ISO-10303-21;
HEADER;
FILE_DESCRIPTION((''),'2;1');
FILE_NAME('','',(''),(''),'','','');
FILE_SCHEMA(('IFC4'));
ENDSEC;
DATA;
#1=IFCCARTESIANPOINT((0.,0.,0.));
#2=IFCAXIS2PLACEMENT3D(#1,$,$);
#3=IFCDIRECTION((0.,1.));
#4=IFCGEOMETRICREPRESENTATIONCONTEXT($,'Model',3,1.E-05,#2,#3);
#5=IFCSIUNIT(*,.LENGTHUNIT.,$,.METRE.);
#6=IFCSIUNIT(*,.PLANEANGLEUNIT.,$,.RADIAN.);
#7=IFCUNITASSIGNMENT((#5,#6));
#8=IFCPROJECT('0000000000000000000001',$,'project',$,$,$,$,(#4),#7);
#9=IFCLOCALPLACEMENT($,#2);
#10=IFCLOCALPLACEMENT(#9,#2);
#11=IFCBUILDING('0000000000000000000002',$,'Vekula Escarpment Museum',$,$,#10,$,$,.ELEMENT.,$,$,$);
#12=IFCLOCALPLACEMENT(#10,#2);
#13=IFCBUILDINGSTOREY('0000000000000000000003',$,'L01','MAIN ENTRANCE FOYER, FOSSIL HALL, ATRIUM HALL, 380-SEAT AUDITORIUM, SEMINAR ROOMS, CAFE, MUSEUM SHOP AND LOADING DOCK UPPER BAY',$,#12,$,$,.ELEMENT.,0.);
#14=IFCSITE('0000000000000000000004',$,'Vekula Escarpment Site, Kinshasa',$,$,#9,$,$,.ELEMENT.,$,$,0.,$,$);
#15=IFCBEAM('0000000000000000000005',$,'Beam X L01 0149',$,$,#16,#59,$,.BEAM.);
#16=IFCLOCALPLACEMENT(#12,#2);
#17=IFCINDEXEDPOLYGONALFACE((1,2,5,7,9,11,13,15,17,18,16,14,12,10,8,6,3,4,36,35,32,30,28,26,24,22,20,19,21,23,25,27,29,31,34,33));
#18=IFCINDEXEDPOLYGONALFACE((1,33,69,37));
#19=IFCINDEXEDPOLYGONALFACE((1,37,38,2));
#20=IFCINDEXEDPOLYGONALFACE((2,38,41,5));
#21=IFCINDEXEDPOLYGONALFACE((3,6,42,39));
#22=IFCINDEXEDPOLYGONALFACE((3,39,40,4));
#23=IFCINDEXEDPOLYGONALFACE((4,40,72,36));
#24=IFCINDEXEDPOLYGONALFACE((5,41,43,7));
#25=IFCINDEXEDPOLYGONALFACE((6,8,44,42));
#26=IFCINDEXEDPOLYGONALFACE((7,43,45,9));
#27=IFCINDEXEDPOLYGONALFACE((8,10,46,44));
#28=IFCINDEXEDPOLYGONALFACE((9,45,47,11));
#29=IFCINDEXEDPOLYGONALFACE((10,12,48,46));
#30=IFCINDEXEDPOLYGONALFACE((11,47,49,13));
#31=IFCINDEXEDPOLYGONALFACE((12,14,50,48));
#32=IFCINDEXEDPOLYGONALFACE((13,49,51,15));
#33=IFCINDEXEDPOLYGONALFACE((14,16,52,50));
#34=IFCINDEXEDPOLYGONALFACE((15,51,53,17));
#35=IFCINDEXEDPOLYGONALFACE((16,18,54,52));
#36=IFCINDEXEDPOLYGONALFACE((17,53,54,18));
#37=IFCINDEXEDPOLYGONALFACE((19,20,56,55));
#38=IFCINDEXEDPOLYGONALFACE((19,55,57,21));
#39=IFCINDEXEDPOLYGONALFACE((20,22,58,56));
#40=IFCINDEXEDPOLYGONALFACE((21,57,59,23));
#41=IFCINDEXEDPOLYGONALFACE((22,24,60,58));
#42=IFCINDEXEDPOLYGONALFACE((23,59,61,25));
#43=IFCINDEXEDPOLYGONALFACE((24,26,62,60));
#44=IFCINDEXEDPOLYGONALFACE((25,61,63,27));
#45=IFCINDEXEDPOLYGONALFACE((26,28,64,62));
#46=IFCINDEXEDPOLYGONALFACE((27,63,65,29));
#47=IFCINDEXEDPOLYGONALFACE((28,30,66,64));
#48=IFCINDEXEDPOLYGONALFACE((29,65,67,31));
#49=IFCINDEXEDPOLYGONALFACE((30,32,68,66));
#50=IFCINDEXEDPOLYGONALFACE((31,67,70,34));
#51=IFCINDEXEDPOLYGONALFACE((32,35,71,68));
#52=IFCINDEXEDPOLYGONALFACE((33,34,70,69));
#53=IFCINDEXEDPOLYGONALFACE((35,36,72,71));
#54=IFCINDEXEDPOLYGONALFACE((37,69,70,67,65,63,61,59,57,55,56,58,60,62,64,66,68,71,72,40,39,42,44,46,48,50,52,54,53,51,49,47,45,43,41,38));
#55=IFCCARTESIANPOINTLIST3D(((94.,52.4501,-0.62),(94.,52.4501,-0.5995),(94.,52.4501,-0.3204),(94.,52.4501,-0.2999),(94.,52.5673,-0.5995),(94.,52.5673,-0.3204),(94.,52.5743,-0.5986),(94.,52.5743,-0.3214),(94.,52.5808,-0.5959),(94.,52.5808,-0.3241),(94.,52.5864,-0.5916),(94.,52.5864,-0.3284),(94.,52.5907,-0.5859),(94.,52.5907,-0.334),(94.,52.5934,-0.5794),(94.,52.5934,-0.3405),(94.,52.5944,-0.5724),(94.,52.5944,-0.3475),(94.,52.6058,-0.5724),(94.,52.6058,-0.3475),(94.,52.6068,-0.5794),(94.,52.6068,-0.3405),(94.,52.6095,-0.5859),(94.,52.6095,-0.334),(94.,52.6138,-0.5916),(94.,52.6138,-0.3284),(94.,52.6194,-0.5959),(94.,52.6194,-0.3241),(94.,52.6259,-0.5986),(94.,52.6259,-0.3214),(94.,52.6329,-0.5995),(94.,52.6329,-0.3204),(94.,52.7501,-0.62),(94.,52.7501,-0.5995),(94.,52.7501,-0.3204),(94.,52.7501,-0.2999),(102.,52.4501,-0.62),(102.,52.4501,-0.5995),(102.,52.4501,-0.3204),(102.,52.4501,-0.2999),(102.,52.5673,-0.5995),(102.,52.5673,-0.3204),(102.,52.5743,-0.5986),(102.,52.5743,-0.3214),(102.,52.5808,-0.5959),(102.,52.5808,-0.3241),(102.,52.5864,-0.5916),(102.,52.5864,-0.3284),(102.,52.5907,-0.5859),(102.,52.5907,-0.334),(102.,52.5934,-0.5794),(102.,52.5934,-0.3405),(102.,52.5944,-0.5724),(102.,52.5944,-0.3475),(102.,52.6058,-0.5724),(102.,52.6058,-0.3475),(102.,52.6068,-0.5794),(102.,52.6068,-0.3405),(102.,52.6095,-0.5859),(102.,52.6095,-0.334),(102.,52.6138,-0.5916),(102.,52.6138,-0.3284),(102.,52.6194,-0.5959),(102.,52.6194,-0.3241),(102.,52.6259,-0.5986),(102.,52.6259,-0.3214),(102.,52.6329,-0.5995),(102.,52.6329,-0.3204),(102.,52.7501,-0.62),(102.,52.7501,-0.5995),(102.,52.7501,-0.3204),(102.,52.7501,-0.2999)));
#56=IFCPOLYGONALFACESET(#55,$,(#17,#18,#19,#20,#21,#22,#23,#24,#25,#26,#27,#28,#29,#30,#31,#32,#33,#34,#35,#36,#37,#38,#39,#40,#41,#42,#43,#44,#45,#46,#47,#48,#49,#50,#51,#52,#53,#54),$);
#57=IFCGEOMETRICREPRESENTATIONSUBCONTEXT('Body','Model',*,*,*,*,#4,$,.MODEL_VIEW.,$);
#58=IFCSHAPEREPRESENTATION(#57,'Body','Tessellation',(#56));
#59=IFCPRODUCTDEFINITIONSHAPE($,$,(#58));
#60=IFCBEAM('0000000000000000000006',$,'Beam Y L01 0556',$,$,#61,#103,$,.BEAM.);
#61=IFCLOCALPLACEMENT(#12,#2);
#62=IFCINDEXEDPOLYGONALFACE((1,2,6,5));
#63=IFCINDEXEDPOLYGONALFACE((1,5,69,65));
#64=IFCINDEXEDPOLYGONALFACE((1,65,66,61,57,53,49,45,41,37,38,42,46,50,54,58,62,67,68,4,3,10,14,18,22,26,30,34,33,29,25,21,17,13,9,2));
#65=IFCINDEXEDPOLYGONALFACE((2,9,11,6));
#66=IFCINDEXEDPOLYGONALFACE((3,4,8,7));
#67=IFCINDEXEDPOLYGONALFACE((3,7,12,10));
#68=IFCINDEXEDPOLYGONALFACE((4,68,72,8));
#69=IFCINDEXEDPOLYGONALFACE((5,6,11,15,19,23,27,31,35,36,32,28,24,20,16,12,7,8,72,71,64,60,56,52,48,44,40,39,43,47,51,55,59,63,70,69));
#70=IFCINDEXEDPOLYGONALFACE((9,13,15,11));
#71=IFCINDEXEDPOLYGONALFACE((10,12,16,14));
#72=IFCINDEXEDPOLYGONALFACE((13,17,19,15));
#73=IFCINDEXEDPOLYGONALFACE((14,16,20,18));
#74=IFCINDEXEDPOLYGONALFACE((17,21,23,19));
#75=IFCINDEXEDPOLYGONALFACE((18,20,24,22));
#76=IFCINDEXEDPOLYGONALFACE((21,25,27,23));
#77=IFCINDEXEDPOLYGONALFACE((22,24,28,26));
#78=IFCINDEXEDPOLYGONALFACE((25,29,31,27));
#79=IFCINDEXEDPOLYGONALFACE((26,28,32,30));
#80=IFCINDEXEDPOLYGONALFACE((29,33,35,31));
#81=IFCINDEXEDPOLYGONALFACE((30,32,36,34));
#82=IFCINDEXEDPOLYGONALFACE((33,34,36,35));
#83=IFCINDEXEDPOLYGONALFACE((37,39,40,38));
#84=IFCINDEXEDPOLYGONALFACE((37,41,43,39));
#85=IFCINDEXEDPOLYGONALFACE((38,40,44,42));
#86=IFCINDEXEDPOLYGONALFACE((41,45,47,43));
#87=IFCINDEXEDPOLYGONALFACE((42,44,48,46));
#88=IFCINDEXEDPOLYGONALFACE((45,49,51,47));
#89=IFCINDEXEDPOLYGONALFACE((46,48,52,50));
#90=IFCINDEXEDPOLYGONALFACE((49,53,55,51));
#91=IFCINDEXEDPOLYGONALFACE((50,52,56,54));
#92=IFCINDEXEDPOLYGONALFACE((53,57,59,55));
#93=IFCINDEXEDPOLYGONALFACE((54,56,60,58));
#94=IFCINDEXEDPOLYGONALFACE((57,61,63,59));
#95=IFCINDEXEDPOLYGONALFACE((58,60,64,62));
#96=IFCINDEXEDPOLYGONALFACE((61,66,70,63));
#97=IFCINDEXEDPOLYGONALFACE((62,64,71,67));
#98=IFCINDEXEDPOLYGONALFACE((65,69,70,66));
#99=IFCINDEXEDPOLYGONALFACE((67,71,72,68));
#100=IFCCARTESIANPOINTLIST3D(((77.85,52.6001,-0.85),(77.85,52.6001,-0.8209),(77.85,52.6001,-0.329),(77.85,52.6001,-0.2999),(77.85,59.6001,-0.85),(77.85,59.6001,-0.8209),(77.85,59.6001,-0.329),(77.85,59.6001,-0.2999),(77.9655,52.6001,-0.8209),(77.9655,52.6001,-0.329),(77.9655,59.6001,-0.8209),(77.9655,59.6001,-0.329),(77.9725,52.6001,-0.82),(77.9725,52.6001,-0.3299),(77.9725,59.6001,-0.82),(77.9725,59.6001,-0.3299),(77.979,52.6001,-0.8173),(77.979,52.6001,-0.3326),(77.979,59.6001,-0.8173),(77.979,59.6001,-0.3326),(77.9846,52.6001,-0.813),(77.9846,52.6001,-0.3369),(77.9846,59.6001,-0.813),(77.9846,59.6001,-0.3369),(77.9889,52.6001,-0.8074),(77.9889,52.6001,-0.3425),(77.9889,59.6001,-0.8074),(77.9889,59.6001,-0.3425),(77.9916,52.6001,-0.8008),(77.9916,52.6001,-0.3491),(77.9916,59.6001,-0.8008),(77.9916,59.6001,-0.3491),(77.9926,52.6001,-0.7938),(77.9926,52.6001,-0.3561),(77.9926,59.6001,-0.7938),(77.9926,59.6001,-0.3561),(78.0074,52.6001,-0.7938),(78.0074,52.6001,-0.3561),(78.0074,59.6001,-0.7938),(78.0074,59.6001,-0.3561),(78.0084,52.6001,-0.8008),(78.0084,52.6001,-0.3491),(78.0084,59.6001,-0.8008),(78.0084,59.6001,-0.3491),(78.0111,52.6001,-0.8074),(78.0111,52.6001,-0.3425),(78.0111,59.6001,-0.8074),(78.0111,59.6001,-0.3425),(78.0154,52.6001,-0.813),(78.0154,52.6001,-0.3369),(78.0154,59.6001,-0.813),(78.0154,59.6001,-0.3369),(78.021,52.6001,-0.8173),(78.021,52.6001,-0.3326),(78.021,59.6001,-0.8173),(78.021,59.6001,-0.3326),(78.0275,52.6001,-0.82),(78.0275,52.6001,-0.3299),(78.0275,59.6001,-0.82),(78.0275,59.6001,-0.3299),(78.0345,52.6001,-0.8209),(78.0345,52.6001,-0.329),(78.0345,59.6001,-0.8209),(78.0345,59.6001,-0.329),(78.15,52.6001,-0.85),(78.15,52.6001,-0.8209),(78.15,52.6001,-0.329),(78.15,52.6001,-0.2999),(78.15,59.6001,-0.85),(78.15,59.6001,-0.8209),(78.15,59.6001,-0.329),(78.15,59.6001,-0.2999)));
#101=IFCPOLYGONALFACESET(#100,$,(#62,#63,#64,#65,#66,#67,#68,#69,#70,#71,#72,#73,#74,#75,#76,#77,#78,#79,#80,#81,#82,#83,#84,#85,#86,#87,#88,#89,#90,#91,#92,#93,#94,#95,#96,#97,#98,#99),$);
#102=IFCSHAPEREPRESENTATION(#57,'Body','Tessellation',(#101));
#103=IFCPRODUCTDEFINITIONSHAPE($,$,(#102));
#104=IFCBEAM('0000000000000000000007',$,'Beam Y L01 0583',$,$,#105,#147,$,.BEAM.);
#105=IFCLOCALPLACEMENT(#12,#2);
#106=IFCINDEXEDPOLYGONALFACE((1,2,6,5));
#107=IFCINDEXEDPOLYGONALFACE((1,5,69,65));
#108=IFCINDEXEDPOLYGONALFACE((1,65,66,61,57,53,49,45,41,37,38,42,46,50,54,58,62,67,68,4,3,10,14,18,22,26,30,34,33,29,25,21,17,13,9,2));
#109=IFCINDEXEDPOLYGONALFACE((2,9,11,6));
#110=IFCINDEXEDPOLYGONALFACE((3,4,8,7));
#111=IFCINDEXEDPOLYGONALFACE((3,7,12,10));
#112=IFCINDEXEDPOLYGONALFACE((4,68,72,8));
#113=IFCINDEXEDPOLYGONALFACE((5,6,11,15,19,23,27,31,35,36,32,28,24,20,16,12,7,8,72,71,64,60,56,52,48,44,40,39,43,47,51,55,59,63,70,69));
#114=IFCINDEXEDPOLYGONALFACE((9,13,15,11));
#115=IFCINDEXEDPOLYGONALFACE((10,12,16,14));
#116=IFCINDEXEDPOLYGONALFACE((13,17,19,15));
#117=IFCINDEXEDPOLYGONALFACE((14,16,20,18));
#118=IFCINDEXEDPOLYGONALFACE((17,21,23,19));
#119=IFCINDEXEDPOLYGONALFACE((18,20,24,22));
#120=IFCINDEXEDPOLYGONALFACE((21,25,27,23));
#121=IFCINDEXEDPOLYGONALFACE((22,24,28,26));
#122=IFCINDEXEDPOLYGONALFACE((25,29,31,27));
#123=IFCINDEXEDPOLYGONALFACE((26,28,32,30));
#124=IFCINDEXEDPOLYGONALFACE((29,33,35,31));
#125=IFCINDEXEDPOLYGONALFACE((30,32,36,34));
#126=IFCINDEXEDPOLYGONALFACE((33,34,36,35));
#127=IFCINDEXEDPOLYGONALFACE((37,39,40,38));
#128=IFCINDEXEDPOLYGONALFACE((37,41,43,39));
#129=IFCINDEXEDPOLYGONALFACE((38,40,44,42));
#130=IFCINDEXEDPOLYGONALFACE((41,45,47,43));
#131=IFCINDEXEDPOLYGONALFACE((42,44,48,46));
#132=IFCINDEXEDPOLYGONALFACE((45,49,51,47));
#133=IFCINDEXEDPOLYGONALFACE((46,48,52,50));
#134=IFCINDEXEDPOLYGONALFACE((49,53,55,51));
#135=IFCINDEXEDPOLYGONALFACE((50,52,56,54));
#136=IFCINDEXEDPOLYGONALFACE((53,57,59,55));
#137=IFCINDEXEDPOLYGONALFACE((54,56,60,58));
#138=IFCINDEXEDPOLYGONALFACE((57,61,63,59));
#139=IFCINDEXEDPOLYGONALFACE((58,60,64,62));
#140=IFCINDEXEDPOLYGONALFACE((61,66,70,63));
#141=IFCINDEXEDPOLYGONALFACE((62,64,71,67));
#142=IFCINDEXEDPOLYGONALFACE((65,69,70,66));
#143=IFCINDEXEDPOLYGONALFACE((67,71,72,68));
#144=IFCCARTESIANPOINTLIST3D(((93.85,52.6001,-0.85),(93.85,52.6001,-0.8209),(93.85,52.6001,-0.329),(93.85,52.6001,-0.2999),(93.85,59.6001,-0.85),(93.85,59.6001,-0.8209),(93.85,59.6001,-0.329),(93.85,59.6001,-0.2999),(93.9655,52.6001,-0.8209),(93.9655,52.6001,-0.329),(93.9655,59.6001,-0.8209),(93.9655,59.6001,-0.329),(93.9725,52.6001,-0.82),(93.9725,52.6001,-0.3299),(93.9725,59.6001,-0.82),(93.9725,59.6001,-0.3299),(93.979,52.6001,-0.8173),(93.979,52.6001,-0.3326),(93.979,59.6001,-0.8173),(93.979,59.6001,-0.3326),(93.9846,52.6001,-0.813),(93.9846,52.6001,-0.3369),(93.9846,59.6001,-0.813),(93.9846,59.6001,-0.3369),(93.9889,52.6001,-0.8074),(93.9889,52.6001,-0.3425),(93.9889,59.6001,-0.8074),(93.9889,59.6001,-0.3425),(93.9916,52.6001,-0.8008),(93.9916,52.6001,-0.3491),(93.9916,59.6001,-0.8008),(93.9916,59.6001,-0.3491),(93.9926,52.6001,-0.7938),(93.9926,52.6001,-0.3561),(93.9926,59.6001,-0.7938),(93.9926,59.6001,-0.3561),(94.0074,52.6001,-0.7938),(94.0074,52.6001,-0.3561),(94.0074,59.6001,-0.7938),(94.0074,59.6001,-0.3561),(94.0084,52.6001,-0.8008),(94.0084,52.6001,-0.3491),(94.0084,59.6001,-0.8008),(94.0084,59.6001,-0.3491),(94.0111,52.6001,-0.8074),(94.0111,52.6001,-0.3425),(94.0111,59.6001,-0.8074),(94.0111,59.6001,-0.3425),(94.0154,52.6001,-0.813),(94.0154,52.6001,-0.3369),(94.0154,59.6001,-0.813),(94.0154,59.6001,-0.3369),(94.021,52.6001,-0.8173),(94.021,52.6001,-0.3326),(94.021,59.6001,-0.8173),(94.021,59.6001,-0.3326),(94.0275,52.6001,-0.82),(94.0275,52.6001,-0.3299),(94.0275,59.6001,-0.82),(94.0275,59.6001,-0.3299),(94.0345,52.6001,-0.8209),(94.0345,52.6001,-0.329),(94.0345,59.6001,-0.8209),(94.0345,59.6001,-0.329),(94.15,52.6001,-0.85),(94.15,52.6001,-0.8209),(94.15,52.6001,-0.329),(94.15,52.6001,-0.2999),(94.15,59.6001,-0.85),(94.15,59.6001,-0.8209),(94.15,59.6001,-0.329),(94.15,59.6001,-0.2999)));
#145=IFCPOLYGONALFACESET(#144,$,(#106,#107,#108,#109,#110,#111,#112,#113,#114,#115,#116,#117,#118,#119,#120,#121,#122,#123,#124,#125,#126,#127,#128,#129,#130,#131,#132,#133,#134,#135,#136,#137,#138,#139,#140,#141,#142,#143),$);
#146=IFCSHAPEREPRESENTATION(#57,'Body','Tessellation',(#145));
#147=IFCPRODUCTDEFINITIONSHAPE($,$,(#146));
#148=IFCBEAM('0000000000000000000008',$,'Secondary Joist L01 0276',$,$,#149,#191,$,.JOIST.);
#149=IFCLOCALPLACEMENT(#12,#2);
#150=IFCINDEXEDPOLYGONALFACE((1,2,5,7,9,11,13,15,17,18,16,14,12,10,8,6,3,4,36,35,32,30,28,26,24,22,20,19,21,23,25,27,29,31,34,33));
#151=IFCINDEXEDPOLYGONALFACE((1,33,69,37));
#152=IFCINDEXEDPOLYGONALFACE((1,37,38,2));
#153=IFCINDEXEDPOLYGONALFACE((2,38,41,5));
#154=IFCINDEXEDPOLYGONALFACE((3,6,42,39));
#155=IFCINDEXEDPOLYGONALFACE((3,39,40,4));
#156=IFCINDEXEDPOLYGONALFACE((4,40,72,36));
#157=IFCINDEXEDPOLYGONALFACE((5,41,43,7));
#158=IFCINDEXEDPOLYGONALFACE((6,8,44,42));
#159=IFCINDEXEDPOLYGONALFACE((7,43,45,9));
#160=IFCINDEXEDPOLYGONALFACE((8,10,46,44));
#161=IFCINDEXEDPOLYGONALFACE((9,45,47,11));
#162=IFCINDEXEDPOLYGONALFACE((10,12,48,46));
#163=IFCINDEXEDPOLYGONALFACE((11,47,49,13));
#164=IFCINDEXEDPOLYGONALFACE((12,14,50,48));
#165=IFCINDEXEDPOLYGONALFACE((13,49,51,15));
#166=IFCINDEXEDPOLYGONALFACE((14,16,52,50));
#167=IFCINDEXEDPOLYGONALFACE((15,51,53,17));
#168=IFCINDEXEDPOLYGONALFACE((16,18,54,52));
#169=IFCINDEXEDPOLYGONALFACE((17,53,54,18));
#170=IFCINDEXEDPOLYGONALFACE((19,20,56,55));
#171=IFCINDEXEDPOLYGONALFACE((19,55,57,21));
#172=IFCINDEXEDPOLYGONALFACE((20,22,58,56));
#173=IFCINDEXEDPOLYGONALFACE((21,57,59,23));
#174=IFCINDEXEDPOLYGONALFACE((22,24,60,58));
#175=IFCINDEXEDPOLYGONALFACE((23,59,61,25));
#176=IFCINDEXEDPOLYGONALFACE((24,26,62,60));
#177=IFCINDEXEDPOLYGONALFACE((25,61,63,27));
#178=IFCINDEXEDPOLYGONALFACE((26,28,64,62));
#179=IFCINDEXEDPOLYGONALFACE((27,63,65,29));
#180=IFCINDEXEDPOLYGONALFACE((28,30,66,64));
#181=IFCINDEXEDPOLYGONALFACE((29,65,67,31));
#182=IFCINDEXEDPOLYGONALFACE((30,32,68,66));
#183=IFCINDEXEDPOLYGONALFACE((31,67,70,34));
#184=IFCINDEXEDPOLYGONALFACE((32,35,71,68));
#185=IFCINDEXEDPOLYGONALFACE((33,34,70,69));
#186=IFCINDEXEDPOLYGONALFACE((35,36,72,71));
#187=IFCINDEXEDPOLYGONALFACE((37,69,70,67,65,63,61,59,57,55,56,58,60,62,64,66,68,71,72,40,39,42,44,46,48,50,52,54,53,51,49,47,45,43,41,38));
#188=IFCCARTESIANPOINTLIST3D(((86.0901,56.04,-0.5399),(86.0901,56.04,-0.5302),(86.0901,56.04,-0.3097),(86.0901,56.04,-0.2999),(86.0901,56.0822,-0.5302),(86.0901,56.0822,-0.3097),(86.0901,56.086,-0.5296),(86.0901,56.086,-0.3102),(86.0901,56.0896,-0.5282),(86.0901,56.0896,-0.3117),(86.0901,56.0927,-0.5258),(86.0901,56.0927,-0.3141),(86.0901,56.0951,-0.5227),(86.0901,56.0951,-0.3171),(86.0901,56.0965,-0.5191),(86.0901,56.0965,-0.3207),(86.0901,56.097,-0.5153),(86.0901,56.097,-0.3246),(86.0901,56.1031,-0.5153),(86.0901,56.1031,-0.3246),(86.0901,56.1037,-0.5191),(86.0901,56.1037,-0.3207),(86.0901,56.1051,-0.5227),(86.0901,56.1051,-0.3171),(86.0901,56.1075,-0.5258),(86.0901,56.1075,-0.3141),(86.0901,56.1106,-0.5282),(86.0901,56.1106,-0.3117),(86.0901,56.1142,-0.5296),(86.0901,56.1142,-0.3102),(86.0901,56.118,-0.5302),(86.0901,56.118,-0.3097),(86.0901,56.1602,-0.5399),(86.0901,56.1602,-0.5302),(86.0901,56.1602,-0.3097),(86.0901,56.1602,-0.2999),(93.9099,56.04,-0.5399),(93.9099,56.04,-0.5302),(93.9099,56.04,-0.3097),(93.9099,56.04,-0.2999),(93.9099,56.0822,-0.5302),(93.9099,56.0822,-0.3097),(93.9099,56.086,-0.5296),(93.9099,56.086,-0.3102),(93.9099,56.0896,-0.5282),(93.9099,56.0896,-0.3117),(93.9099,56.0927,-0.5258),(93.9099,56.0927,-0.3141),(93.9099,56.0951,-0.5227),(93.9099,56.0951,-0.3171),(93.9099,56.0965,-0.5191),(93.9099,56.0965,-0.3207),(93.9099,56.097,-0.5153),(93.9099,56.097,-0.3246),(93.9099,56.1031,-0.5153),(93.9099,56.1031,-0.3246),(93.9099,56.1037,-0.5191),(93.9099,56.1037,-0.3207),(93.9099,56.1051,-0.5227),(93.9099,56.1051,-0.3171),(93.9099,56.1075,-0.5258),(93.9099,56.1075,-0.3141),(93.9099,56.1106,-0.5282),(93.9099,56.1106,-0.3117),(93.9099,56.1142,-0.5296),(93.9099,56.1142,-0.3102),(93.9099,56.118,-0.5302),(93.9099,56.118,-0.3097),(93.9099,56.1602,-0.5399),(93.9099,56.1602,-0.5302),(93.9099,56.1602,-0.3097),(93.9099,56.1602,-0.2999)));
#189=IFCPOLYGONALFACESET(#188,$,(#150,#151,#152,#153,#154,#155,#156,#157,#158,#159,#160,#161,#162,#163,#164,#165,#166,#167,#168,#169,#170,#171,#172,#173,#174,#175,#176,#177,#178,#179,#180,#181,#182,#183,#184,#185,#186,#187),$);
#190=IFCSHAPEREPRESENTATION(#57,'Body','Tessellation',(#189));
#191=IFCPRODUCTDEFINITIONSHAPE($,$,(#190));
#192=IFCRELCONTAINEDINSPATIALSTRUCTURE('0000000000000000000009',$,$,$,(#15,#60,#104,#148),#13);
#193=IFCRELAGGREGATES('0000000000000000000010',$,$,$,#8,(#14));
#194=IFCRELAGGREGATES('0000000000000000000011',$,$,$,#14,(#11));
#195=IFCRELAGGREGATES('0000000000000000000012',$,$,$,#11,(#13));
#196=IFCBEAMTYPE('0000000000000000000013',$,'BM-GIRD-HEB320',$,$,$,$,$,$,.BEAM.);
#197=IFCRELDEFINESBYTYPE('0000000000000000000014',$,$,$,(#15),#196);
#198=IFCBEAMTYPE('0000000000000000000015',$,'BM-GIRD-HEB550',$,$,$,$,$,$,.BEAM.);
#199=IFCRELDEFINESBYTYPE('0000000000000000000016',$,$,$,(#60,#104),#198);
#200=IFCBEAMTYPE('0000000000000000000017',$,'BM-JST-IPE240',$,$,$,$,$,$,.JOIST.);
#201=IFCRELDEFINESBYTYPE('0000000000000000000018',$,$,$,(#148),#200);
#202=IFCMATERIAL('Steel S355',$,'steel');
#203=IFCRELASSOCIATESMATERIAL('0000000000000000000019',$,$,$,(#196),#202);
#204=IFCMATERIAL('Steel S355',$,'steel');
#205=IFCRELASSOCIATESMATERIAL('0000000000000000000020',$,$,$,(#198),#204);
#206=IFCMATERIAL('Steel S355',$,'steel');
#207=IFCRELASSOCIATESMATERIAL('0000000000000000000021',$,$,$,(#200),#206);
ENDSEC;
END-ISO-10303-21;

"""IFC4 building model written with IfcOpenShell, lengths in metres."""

from ifc_helpers import new_model, si_unit, direction, frame, origin, origin_2d, place, context, subcontext, project, spatial, i_section, extrude, material, material_profile, profile_set, type_object, element, save


model = new_model("IFC4")

# Units and contexts
model_context = context("Model", 3, precision=1e-05, world=origin(), true_north=direction((0.0, 1.0)))
body_context = subcontext(model_context, "Body", "Model", "MODEL_VIEW")
ifc_project = project(units=[si_unit("LENGTHUNIT", "METRE"), si_unit("PLANEANGLEUNIT", "RADIAN")], contexts=[model_context])

# Site, building, storey
site_placement = place(None, origin())
site = spatial("IfcSite", under=ifc_project, at=site_placement, Name="Vekula Escarpment Site, Kinshasa", CompositionType="ELEMENT", RefElevation=0.0)
building_placement = place(site_placement, origin())
building = spatial("IfcBuilding", under=site, at=building_placement, Name="Vekula Escarpment Museum", CompositionType="ELEMENT")
storey_placement = place(building_placement, origin())
storey = spatial("IfcBuildingStorey", under=building, at=storey_placement, Name="L01", Description="MAIN ENTRANCE FOYER, FOSSIL HALL, ATRIUM HALL, 380-SEAT AUDITORIUM, SEMINAR ROOMS, CAFE, MUSEUM SHOP AND LOADING DOCK UPPER BAY", CompositionType="ELEMENT", Elevation=0.0)

# Beams
ifc_material_1 = material(Name="Steel S355", Category="steel")
ifc_material_profile_1 = material_profile(ifc_material_1, i_section(OverallWidth=0.3, OverallDepth=0.3201, WebThickness=0.0115, FlangeThickness=0.0205, FilletRadius=0.0271, at=origin_2d()), Name="HEB 320")
ifc_profile_set_1 = profile_set([ifc_material_profile_1], Name="Steel S355")
beam_type_1 = type_object("IfcBeamType", Name="BM-GIRD-HEB320", PredefinedType="BEAM", material=ifc_profile_set_1)
beam_1_placement = place(storey_placement, frame((94.0, 52.6001, -0.46), z_axis=(1.0, 0.0, 0.0), x_axis=(0.0, 1.0, 0.0)))
element("IfcBeam", 1, at=beam_1_placement, inside=storey, type_object=beam_type_1, Name="Beam X L01 0149", PredefinedType="BEAM", context=body_context, shape_type="SweptSolid", body=[
    extrude(i_section(OverallWidth=0.3, OverallDepth=0.3201, WebThickness=0.0115, FlangeThickness=0.0205, FilletRadius=0.0271, at=origin_2d()), origin(), (0.0, 0.0, 1.0), 8.0),
])
ifc_material_2 = material(Name="Steel S355", Category="steel")
ifc_material_profile_2 = material_profile(ifc_material_2, i_section(OverallWidth=0.3, OverallDepth=0.55, WebThickness=0.0149, FlangeThickness=0.0291, FilletRadius=0.0271, at=origin_2d()), Name="HEB 550")
ifc_profile_set_2 = profile_set([ifc_material_profile_2], Name="Steel S355")
beam_type_2 = type_object("IfcBeamType", Name="BM-GIRD-HEB550", PredefinedType="BEAM", material=ifc_profile_set_2)
for number, where, z_axis, x_axis, name in (
    (2, (78.0, 52.6001, -0.575), (0.0, 1.0, 0.0), (-1.0, 0.0, 0.0), "Beam Y L01 0556"),
    (3, (94.0, 52.6001, -0.575), (0.0, 1.0, 0.0), (-1.0, 0.0, 0.0), "Beam Y L01 0583"),
):
    element("IfcBeam", number, at=place(storey_placement, frame(where, z_axis=z_axis, x_axis=x_axis)), inside=storey, type_object=beam_type_2, Name=name, PredefinedType="BEAM", context=body_context, shape_type="SweptSolid", body=[
        extrude(i_section(OverallWidth=0.3, OverallDepth=0.55, WebThickness=0.0149, FlangeThickness=0.0291, FilletRadius=0.0271, at=origin_2d()), origin(), (0.0, 0.0, 1.0), 7.0),
    ])
ifc_material_3 = material(Name="Steel S355", Category="steel")
ifc_material_profile_3 = material_profile(ifc_material_3, i_section(OverallWidth=0.1201, OverallDepth=0.24, WebThickness=0.0061, FlangeThickness=0.0098, FilletRadius=0.0149, at=origin_2d()), Name="IPE 240")
ifc_profile_set_3 = profile_set([ifc_material_profile_3], Name="Steel S355")
beam_type_3 = type_object("IfcBeamType", Name="BM-JST-IPE240", PredefinedType="JOIST", material=ifc_profile_set_3)
for number, where, z_axis, x_axis, name in (
    (4, (86.0901, 56.1001, -0.4199), (1.0, 0.0, 0.0), (0.0, 1.0, 0.0), "Secondary Joist L01 0276"),
):
    element("IfcBeam", number, at=place(storey_placement, frame(where, z_axis=z_axis, x_axis=x_axis)), inside=storey, type_object=beam_type_3, Name=name, PredefinedType="JOIST", context=body_context, shape_type="SweptSolid", body=[
        extrude(i_section(OverallWidth=0.1201, OverallDepth=0.24, WebThickness=0.0061, FlangeThickness=0.0098, FilletRadius=0.0149, at=origin_2d()), origin(), (0.0, 0.0, 1.0), 7.8198),
    ])

save(model, "model.ifc")
